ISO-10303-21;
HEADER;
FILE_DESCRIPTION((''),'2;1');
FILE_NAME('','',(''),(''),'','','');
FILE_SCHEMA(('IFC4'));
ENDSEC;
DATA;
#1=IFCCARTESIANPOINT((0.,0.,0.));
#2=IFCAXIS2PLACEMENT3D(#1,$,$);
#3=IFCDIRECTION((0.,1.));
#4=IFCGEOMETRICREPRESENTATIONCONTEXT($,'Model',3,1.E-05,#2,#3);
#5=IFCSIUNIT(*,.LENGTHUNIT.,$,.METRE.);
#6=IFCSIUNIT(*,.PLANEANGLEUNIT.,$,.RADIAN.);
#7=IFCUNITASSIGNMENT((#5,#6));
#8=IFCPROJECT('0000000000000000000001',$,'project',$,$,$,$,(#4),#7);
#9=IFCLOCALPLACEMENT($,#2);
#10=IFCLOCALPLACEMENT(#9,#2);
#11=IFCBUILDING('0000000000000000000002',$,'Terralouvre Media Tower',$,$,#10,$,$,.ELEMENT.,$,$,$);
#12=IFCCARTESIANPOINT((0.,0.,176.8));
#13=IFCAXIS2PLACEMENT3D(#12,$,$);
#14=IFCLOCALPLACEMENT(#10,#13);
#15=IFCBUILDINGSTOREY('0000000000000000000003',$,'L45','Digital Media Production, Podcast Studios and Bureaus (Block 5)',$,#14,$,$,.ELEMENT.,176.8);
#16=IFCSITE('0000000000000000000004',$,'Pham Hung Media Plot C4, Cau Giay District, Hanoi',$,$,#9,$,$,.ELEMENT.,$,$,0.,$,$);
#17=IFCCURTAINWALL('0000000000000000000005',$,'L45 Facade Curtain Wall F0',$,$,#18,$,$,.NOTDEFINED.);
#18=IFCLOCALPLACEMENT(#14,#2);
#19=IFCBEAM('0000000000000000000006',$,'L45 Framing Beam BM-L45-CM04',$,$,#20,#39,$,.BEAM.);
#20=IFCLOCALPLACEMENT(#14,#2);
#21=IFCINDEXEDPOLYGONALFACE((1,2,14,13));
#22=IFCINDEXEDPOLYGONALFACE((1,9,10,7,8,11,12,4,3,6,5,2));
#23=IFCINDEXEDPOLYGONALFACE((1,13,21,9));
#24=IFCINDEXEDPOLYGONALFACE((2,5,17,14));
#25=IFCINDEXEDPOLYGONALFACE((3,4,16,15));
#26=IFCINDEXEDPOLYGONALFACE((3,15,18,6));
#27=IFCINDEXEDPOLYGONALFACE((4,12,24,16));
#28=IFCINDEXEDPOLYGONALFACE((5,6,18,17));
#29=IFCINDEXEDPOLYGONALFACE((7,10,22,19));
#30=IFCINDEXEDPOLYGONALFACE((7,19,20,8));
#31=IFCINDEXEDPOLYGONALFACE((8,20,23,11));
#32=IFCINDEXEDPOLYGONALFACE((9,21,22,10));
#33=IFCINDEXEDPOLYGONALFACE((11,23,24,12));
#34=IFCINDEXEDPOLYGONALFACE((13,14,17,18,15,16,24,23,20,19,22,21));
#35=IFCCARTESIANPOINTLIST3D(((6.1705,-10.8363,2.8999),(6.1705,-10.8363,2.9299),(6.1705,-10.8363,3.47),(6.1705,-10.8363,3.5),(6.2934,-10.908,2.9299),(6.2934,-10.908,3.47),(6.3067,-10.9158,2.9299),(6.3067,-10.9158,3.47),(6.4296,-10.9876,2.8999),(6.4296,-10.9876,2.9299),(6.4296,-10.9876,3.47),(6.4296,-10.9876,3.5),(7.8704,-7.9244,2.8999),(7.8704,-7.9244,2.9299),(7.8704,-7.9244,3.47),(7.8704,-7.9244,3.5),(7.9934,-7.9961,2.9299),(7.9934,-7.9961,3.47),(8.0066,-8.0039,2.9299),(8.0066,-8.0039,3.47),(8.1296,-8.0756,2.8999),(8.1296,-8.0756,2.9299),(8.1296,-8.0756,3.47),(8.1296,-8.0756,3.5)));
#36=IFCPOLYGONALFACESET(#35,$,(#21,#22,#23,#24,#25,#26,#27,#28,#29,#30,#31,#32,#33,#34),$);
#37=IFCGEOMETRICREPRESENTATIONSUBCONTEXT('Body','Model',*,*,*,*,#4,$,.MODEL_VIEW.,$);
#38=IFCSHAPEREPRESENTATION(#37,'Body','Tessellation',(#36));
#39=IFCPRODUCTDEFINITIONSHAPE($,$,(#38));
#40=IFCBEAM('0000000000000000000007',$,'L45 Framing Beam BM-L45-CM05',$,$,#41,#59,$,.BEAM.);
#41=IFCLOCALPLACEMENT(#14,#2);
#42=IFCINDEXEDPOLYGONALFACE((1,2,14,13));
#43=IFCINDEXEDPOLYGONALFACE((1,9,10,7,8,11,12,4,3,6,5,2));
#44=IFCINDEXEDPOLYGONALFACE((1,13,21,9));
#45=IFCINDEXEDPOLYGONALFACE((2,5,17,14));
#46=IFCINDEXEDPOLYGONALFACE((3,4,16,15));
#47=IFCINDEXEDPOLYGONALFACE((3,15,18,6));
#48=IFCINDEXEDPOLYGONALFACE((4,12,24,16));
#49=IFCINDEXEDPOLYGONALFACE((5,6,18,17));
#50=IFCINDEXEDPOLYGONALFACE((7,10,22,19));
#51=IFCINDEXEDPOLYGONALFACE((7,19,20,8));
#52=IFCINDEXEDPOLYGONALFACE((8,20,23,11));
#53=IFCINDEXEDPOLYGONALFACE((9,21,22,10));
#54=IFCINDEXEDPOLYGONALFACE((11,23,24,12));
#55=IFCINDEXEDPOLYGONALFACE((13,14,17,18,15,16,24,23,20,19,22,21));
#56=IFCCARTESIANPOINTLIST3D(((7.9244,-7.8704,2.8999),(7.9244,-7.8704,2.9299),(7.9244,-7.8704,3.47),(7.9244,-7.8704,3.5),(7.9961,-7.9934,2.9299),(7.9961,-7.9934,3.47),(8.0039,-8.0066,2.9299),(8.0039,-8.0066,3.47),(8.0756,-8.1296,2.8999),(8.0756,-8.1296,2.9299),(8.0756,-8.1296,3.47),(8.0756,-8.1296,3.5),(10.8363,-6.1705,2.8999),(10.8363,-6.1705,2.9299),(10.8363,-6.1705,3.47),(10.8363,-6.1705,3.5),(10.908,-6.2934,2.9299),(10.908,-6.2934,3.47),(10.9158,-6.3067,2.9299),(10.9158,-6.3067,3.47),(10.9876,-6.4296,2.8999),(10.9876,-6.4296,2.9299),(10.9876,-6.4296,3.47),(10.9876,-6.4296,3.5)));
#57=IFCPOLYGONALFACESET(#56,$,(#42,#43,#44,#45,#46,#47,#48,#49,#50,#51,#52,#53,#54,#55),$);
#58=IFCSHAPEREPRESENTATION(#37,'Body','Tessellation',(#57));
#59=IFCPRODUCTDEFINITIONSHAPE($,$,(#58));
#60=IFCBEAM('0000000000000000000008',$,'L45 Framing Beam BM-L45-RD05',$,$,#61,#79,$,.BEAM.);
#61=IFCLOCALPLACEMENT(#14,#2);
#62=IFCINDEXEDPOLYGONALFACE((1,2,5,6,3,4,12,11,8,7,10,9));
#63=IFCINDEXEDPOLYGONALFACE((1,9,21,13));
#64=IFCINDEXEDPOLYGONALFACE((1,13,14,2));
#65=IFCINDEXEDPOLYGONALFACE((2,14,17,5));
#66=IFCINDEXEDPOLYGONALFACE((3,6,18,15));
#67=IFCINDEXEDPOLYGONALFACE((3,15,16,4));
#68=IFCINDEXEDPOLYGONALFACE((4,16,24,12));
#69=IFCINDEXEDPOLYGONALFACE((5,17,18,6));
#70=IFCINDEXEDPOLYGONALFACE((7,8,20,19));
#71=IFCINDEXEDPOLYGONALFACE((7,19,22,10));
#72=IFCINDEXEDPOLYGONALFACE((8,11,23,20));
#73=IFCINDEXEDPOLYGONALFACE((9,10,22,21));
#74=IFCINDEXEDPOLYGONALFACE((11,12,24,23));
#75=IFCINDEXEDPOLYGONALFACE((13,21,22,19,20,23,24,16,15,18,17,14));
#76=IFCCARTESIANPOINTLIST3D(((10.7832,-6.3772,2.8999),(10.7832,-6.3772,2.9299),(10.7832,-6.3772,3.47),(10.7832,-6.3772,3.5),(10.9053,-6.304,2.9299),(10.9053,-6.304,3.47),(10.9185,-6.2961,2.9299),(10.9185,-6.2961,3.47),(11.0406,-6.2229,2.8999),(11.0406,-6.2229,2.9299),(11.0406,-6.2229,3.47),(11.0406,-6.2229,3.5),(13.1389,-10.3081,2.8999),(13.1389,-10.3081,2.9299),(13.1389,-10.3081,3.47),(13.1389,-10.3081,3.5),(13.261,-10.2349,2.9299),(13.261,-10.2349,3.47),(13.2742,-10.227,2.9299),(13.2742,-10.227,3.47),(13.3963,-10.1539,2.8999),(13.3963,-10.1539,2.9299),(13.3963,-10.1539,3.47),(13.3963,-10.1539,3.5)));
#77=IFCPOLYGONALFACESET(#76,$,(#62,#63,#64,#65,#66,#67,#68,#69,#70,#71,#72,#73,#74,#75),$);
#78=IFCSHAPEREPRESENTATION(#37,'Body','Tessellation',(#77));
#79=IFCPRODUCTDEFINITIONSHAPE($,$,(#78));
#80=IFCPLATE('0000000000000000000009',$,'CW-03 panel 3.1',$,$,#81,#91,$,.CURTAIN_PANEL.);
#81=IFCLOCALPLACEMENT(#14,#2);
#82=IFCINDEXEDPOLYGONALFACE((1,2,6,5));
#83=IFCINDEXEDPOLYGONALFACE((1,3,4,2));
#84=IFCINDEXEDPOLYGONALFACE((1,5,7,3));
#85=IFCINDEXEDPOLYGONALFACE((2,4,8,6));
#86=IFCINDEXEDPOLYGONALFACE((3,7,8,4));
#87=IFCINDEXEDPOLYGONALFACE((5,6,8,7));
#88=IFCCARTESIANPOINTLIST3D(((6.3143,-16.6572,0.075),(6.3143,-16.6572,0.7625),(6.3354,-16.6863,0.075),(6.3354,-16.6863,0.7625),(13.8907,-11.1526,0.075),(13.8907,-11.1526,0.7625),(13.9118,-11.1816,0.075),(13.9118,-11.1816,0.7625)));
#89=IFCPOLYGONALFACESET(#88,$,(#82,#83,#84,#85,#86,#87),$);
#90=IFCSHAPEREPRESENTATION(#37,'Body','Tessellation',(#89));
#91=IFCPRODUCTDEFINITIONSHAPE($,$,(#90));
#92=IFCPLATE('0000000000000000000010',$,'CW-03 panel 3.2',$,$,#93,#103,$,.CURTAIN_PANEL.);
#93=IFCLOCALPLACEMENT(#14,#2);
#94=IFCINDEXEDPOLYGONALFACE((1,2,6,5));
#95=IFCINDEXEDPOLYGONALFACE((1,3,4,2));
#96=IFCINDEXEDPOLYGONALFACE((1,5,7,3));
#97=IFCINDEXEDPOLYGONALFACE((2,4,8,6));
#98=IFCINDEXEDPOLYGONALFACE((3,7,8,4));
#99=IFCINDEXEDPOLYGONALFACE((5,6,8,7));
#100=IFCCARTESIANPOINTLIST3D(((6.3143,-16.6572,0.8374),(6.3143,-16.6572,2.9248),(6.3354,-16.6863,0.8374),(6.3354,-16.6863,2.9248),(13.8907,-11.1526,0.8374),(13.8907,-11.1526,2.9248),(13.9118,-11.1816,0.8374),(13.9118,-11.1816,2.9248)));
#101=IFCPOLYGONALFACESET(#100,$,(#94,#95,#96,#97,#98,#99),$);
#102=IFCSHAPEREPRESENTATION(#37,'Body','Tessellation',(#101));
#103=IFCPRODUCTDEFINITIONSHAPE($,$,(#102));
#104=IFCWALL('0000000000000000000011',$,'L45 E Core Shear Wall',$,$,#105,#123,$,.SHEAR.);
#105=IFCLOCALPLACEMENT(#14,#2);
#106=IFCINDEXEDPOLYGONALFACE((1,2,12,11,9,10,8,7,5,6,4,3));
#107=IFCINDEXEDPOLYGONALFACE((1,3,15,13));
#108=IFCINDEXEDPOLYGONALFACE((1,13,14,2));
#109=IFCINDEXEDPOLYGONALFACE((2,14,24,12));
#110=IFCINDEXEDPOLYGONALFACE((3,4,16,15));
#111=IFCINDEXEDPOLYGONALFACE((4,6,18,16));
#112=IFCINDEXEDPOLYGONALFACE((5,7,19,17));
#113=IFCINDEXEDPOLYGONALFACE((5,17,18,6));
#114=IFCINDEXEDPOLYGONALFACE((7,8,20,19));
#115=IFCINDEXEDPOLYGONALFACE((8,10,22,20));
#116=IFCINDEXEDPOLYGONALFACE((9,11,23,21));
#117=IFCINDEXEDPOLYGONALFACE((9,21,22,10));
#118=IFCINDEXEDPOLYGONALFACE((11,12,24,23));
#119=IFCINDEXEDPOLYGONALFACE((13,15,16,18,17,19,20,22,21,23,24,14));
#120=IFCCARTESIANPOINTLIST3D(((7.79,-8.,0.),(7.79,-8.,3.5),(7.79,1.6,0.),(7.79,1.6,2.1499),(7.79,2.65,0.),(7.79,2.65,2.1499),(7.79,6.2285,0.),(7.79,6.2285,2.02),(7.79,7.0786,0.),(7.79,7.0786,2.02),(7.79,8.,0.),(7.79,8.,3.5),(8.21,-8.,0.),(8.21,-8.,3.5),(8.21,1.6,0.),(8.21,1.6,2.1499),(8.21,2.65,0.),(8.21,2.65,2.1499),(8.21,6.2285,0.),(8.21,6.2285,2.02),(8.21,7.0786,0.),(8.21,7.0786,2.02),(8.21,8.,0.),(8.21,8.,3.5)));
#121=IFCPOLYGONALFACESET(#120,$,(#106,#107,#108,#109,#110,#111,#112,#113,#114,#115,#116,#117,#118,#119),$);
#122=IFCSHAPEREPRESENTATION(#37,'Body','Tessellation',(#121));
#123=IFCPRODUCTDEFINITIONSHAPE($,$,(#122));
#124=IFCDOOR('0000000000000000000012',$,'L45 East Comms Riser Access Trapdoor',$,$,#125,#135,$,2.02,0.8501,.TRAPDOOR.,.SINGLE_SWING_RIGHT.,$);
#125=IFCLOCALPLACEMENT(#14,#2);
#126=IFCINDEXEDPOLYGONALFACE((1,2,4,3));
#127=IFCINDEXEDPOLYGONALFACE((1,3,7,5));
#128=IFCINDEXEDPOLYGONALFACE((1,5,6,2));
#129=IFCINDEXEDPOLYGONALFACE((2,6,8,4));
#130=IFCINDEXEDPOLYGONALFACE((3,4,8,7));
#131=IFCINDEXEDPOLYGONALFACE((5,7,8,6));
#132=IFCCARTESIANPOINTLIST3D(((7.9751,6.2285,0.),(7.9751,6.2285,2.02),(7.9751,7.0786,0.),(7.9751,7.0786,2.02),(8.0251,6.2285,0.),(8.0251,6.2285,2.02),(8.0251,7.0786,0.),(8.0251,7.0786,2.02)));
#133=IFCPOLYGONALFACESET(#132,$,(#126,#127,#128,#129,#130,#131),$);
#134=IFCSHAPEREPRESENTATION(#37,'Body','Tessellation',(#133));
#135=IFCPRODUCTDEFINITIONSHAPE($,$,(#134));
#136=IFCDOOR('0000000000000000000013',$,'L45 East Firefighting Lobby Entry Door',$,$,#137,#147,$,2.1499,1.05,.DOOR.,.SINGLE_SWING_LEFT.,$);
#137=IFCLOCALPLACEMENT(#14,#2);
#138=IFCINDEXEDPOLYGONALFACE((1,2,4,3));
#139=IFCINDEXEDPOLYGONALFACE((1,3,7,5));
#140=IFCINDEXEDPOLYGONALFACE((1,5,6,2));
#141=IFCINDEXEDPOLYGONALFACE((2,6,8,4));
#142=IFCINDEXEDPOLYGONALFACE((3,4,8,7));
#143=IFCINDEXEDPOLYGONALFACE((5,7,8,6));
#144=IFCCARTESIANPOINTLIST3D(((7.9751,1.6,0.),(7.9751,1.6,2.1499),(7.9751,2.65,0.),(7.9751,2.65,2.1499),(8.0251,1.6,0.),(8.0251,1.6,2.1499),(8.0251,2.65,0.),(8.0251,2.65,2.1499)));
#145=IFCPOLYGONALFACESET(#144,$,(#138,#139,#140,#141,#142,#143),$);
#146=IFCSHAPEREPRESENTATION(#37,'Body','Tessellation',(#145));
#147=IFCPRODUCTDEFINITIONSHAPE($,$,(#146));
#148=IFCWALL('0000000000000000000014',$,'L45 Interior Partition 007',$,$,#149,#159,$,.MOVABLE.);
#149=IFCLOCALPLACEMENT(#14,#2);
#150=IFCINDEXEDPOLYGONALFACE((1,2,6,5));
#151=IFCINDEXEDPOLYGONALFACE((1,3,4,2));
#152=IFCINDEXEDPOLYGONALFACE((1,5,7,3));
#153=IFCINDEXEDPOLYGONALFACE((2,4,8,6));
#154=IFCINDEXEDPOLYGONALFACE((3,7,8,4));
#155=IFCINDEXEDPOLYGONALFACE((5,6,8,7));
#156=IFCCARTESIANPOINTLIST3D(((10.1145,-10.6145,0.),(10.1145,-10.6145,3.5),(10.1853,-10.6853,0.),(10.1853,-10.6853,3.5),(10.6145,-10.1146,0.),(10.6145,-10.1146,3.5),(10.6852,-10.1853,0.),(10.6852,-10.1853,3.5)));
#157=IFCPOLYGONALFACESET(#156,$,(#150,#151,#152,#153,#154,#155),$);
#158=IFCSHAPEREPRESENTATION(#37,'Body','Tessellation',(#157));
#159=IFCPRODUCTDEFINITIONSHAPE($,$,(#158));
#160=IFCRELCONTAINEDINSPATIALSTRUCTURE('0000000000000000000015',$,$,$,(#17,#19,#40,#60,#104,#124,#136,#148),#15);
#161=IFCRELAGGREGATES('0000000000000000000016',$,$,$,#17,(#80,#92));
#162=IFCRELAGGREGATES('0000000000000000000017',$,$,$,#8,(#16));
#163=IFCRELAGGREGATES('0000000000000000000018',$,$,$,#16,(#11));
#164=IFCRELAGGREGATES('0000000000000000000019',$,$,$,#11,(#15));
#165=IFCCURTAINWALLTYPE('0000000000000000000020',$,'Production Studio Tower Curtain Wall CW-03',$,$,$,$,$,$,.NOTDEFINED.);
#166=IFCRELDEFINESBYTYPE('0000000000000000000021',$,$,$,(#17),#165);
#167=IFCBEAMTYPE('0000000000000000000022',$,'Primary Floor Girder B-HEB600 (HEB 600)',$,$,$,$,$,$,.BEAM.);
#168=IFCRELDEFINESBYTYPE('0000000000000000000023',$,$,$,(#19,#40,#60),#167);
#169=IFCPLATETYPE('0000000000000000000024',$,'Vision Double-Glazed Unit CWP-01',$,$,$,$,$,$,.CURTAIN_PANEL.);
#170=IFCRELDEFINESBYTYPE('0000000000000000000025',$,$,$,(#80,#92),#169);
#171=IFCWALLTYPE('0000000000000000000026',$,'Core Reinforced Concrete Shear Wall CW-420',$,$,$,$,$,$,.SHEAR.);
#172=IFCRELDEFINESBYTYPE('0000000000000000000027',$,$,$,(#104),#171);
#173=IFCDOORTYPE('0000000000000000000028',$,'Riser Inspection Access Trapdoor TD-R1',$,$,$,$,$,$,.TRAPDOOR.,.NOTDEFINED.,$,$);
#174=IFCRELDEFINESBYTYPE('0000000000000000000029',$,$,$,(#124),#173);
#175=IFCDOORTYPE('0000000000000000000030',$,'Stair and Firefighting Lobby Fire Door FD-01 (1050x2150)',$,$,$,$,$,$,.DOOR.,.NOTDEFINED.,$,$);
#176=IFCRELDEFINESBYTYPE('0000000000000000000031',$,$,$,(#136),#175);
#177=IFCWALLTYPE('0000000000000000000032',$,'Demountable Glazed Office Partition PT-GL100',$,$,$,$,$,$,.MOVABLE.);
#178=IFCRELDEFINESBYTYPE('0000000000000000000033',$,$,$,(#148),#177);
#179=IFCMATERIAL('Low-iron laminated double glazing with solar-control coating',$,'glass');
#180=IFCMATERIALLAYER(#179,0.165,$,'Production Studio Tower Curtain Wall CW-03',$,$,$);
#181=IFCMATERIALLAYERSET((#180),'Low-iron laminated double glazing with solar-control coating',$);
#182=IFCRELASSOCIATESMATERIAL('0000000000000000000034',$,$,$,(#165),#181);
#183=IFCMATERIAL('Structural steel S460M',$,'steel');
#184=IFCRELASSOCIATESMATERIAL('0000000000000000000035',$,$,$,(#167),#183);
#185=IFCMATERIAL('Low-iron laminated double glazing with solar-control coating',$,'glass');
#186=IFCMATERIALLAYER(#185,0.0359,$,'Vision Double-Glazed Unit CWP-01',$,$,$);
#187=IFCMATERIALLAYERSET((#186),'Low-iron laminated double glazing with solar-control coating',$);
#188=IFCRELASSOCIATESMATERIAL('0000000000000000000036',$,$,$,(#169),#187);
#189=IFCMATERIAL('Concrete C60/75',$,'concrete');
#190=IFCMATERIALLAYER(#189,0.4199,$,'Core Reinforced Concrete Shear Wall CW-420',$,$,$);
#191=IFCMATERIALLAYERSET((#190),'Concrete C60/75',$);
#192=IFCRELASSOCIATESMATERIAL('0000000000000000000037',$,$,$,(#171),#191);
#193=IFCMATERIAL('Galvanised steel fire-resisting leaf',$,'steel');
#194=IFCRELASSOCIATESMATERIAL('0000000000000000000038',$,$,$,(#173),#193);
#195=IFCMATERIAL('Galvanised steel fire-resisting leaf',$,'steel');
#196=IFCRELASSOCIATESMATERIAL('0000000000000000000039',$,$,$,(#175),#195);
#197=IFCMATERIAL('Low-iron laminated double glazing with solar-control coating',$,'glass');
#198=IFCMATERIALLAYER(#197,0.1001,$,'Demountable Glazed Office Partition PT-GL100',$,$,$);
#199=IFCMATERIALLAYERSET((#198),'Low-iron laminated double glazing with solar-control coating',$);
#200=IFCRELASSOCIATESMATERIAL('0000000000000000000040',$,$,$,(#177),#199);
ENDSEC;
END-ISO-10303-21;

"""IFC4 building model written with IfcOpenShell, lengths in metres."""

from ifc_helpers import new_model, si_unit, direction, frame, frame_2d, origin, origin_2d, place, context, subcontext, project, spatial, rectangle, i_section, extrude, material, layer, layer_set, material_profile, profile_set, type_object, element, fill, aggregate, save


model = new_model("IFC4")

# Units and contexts
model_context = context("Model", 3, precision=1e-05, world=origin(), true_north=direction((0.0, 1.0)))
body_context = subcontext(model_context, "Body", "Model", "MODEL_VIEW")
ifc_project = project(units=[si_unit("LENGTHUNIT", "METRE"), si_unit("PLANEANGLEUNIT", "RADIAN")], contexts=[model_context])

# Site, building, storey
site_placement = place(None, origin())
site = spatial("IfcSite", under=ifc_project, at=site_placement, Name="Pham Hung Media Plot C4, Cau Giay District, Hanoi", CompositionType="ELEMENT", RefElevation=0.0)
building_placement = place(site_placement, origin())
building = spatial("IfcBuilding", under=site, at=building_placement, Name="Terralouvre Media Tower", CompositionType="ELEMENT")
storey_placement = place(building_placement, frame((0.0, 0.0, 176.8)))
storey = spatial("IfcBuildingStorey", under=building, at=storey_placement, Name="L45", Description="Digital Media Production, Podcast Studios and Bureaus (Block 5)", CompositionType="ELEMENT", Elevation=176.8)

# Curtain wall
ifc_material_1 = material(Name="Low-iron laminated double glazing with solar-control coating", Category="glass")
ifc_layer_1 = layer(ifc_material_1, 0.165, Name="Production Studio Tower Curtain Wall CW-03")
ifc_layer_set_1 = layer_set([ifc_layer_1], Name="Low-iron laminated double glazing with solar-control coating")
curtain_wall_type = type_object("IfcCurtainWallType", Name="Production Studio Tower Curtain Wall CW-03", PredefinedType="NOTDEFINED", material=ifc_layer_set_1)
curtain_wall_placement = place(storey_placement, origin())
curtain_wall = element("IfcCurtainWall", 1, at=curtain_wall_placement, inside=storey, type_object=curtain_wall_type, Name="L45 Facade Curtain Wall F0", PredefinedType="NOTDEFINED")

# Beams
ifc_material_2 = material(Name="Structural steel S460M", Category="steel")
ifc_material_profile_1 = material_profile(ifc_material_2, i_section(OverallWidth=0.3, OverallDepth=0.6001, WebThickness=0.0154, FlangeThickness=0.03, at=origin_2d()), Name="HEB 600")
ifc_profile_set_1 = profile_set([ifc_material_profile_1], Name="Structural steel S460M")
beam_type_1 = type_object("IfcBeamType", Name="Primary Floor Girder B-HEB600 (HEB 600)", PredefinedType="BEAM", material=ifc_profile_set_1)
for number, where, z_axis, x_axis, name in (
    (2, (8.0, -8.0, 3.2), (-0.504173, -0.863603, 0.0), (0.863603, -0.504173, 0.0), "L45 Framing Beam BM-L45-CM04"),
    (3, (8.0, -8.0, 3.2), (0.863603, 0.504173, 0.0), (-0.504173, 0.863603, 0.0), "L45 Framing Beam BM-L45-CM05"),
):
    element("IfcBeam", number, at=place(storey_placement, frame(where, z_axis=z_axis, x_axis=x_axis)), inside=storey, type_object=beam_type_1, Name=name, PredefinedType="BEAM", context=body_context, shape_type="SweptSolid", body=[
        extrude(i_section(OverallWidth=0.3, OverallDepth=0.6001, WebThickness=0.0154, FlangeThickness=0.03, at=origin_2d()), origin(), (0.0, 0.0, 1.0), 3.3718),
    ])
beam_1_placement = place(storey_placement, frame((10.9119, -6.3, 3.2), z_axis=(0.514041, -0.857765, 0.0), x_axis=(0.857765, 0.514041, 0.0)))
element("IfcBeam", 4, at=beam_1_placement, inside=storey, type_object=beam_type_1, Name="L45 Framing Beam BM-L45-RD05", PredefinedType="BEAM", context=body_context, shape_type="SweptSolid", body=[
    extrude(i_section(OverallWidth=0.3, OverallDepth=0.6001, WebThickness=0.0154, FlangeThickness=0.03, at=origin_2d()), origin(), (0.0, 0.0, 1.0), 4.5828),
])

# Plates
ifc_material_3 = material(Name="Low-iron laminated double glazing with solar-control coating", Category="glass")
ifc_layer_2 = layer(ifc_material_3, 0.0359, Name="Vision Double-Glazed Unit CWP-01")
ifc_layer_set_2 = layer_set([ifc_layer_2], Name="Low-iron laminated double glazing with solar-control coating")
plate_type = type_object("IfcPlateType", Name="Vision Double-Glazed Unit CWP-01", PredefinedType="CURTAIN_PANEL", material=ifc_layer_set_2)
plate_1_placement = place(storey_placement, frame((10.113, -13.9194, 0.075), z_axis=(0.0, 0.0, 1.0), x_axis=(0.809017, 0.587785, 0.0)))
plate_1 = element("IfcPlate", 5, at=plate_1_placement, type_object=plate_type, Name="CW-03 panel 3.1", PredefinedType="CURTAIN_PANEL", context=body_context, shape_type="SweptSolid", body=[
    extrude(rectangle(XDim=9.365, YDim=0.0359, at=origin_2d()), origin(), (0.0, 0.0, 1.0), 0.6875),
])
plate_2_placement = place(storey_placement, frame((10.113, -13.9194, 0.8374), z_axis=(0.0, 0.0, 1.0), x_axis=(0.809017, 0.587785, 0.0)))
plate_2 = element("IfcPlate", 6, at=plate_2_placement, type_object=plate_type, Name="CW-03 panel 3.2", PredefinedType="CURTAIN_PANEL", context=body_context, shape_type="SweptSolid", body=[
    extrude(rectangle(XDim=9.365, YDim=0.0359, at=origin_2d()), origin(), (0.0, 0.0, 1.0), 2.0874),
])
aggregate(curtain_wall, [plate_1, plate_2])

# Wall, openings, doors
ifc_material_4 = material(Name="Concrete C60/75", Category="concrete")
ifc_layer_3 = layer(ifc_material_4, 0.4199, Name="Core Reinforced Concrete Shear Wall CW-420")
ifc_layer_set_3 = layer_set([ifc_layer_3], Name="Concrete C60/75")
wall_type_1 = type_object("IfcWallType", Name="Core Reinforced Concrete Shear Wall CW-420", PredefinedType="SHEAR", material=ifc_layer_set_3)
wall_1_placement = place(storey_placement, frame((8.0, -8.0, 0.0), z_axis=(0.0, 0.0, 1.0), x_axis=(0.0, 1.0, 0.0)))
wall_1 = element("IfcWall", 7, at=wall_1_placement, inside=storey, type_object=wall_type_1, Name="L45 E Core Shear Wall", PredefinedType="SHEAR", context=body_context, shape_type="SweptSolid", body=[
    extrude(rectangle(XDim=16.0, YDim=0.4199, at=frame_2d((8.0, 0.0))), origin(), (0.0, 0.0, 1.0), 3.5),
])
opening_1_placement = place(wall_1_placement, frame((9.6001, 0.0, 0.0)))
opening_1 = element("IfcOpeningElement", 8, at=opening_1_placement, cuts=wall_1, PredefinedType="OPENING", context=body_context, shape_type="SweptSolid", body=[
    extrude(rectangle(XDim=1.05, YDim=2.1499, at=frame_2d((0.5249, 1.075))), frame((0.0, 0.22, 0.0), z_axis=(0.0, -1.0, 0.0), x_axis=(1.0, 0.0, 0.0)), (0.0, 0.0, 1.0), 0.4399),
])
opening_2_placement = place(wall_1_placement, frame((14.2285, 0.0, 0.0)))
opening_2 = element("IfcOpeningElement", 9, at=opening_2_placement, cuts=wall_1, PredefinedType="OPENING", context=body_context, shape_type="SweptSolid", body=[
    extrude(rectangle(XDim=0.8501, YDim=2.02, at=frame_2d((0.425, 1.01))), frame((0.0, 0.22, 0.0), z_axis=(0.0, -1.0, 0.0), x_axis=(1.0, 0.0, 0.0)), (0.0, 0.0, 1.0), 0.4399),
])
ifc_material_5 = material(Name="Galvanised steel fire-resisting leaf", Category="steel")
door_type_1 = type_object("IfcDoorType", Name="Riser Inspection Access Trapdoor TD-R1", OperationType="NOTDEFINED", PredefinedType="TRAPDOOR", material=ifc_material_5)
door_1_placement = place(opening_2_placement, origin())
door_1 = element("IfcDoor", 10, at=door_1_placement, inside=storey, type_object=door_type_1, Name="L45 East Comms Riser Access Trapdoor", OperationType="SINGLE_SWING_RIGHT", OverallHeight=2.02, OverallWidth=0.8501, PredefinedType="TRAPDOOR", context=body_context, shape_type="SweptSolid", body=[
    extrude(rectangle(XDim=0.8501, YDim=2.02, at=frame_2d((0.425, 1.01))), frame((0.0, 0.0249, 0.0), z_axis=(0.0, -1.0, 0.0), x_axis=(1.0, 0.0, 0.0)), (0.0, 0.0, 1.0), 0.05),
])
fill(opening_2, door_1)
ifc_material_6 = material(Name="Galvanised steel fire-resisting leaf", Category="steel")
door_type_2 = type_object("IfcDoorType", Name="Stair and Firefighting Lobby Fire Door FD-01 (1050x2150)", OperationType="NOTDEFINED", PredefinedType="DOOR", material=ifc_material_6)
door_2_placement = place(opening_1_placement, origin())
door_2 = element("IfcDoor", 11, at=door_2_placement, inside=storey, type_object=door_type_2, Name="L45 East Firefighting Lobby Entry Door", OperationType="SINGLE_SWING_LEFT", OverallHeight=2.1499, OverallWidth=1.05, PredefinedType="DOOR", context=body_context, shape_type="SweptSolid", body=[
    extrude(rectangle(XDim=1.05, YDim=2.1499, at=frame_2d((0.5249, 1.075))), frame((0.0, 0.0249, 0.0), z_axis=(0.0, -1.0, 0.0), x_axis=(1.0, 0.0, 0.0)), (0.0, 0.0, 1.0), 0.05),
])
fill(opening_1, door_2)

# Wall
ifc_material_7 = material(Name="Low-iron laminated double glazing with solar-control coating", Category="glass")
ifc_layer_4 = layer(ifc_material_7, 0.1001, Name="Demountable Glazed Office Partition PT-GL100")
ifc_layer_set_4 = layer_set([ifc_layer_4], Name="Low-iron laminated double glazing with solar-control coating")
wall_type_2 = type_object("IfcWallType", Name="Demountable Glazed Office Partition PT-GL100", PredefinedType="MOVABLE", material=ifc_layer_set_4)
wall_2_placement = place(storey_placement, frame((10.1499, -10.6499, 0.0), z_axis=(0.0, 0.0, 1.0), x_axis=(0.707107, 0.707107, 0.0)))
element("IfcWall", 12, at=wall_2_placement, inside=storey, type_object=wall_type_2, Name="L45 Interior Partition 007", PredefinedType="MOVABLE", context=body_context, shape_type="SweptSolid", body=[
    extrude(rectangle(XDim=0.707, YDim=0.1001, at=frame_2d((0.3535, 0.0))), origin(), (0.0, 0.0, 1.0), 3.5),
])

save(model, "model.ifc")
